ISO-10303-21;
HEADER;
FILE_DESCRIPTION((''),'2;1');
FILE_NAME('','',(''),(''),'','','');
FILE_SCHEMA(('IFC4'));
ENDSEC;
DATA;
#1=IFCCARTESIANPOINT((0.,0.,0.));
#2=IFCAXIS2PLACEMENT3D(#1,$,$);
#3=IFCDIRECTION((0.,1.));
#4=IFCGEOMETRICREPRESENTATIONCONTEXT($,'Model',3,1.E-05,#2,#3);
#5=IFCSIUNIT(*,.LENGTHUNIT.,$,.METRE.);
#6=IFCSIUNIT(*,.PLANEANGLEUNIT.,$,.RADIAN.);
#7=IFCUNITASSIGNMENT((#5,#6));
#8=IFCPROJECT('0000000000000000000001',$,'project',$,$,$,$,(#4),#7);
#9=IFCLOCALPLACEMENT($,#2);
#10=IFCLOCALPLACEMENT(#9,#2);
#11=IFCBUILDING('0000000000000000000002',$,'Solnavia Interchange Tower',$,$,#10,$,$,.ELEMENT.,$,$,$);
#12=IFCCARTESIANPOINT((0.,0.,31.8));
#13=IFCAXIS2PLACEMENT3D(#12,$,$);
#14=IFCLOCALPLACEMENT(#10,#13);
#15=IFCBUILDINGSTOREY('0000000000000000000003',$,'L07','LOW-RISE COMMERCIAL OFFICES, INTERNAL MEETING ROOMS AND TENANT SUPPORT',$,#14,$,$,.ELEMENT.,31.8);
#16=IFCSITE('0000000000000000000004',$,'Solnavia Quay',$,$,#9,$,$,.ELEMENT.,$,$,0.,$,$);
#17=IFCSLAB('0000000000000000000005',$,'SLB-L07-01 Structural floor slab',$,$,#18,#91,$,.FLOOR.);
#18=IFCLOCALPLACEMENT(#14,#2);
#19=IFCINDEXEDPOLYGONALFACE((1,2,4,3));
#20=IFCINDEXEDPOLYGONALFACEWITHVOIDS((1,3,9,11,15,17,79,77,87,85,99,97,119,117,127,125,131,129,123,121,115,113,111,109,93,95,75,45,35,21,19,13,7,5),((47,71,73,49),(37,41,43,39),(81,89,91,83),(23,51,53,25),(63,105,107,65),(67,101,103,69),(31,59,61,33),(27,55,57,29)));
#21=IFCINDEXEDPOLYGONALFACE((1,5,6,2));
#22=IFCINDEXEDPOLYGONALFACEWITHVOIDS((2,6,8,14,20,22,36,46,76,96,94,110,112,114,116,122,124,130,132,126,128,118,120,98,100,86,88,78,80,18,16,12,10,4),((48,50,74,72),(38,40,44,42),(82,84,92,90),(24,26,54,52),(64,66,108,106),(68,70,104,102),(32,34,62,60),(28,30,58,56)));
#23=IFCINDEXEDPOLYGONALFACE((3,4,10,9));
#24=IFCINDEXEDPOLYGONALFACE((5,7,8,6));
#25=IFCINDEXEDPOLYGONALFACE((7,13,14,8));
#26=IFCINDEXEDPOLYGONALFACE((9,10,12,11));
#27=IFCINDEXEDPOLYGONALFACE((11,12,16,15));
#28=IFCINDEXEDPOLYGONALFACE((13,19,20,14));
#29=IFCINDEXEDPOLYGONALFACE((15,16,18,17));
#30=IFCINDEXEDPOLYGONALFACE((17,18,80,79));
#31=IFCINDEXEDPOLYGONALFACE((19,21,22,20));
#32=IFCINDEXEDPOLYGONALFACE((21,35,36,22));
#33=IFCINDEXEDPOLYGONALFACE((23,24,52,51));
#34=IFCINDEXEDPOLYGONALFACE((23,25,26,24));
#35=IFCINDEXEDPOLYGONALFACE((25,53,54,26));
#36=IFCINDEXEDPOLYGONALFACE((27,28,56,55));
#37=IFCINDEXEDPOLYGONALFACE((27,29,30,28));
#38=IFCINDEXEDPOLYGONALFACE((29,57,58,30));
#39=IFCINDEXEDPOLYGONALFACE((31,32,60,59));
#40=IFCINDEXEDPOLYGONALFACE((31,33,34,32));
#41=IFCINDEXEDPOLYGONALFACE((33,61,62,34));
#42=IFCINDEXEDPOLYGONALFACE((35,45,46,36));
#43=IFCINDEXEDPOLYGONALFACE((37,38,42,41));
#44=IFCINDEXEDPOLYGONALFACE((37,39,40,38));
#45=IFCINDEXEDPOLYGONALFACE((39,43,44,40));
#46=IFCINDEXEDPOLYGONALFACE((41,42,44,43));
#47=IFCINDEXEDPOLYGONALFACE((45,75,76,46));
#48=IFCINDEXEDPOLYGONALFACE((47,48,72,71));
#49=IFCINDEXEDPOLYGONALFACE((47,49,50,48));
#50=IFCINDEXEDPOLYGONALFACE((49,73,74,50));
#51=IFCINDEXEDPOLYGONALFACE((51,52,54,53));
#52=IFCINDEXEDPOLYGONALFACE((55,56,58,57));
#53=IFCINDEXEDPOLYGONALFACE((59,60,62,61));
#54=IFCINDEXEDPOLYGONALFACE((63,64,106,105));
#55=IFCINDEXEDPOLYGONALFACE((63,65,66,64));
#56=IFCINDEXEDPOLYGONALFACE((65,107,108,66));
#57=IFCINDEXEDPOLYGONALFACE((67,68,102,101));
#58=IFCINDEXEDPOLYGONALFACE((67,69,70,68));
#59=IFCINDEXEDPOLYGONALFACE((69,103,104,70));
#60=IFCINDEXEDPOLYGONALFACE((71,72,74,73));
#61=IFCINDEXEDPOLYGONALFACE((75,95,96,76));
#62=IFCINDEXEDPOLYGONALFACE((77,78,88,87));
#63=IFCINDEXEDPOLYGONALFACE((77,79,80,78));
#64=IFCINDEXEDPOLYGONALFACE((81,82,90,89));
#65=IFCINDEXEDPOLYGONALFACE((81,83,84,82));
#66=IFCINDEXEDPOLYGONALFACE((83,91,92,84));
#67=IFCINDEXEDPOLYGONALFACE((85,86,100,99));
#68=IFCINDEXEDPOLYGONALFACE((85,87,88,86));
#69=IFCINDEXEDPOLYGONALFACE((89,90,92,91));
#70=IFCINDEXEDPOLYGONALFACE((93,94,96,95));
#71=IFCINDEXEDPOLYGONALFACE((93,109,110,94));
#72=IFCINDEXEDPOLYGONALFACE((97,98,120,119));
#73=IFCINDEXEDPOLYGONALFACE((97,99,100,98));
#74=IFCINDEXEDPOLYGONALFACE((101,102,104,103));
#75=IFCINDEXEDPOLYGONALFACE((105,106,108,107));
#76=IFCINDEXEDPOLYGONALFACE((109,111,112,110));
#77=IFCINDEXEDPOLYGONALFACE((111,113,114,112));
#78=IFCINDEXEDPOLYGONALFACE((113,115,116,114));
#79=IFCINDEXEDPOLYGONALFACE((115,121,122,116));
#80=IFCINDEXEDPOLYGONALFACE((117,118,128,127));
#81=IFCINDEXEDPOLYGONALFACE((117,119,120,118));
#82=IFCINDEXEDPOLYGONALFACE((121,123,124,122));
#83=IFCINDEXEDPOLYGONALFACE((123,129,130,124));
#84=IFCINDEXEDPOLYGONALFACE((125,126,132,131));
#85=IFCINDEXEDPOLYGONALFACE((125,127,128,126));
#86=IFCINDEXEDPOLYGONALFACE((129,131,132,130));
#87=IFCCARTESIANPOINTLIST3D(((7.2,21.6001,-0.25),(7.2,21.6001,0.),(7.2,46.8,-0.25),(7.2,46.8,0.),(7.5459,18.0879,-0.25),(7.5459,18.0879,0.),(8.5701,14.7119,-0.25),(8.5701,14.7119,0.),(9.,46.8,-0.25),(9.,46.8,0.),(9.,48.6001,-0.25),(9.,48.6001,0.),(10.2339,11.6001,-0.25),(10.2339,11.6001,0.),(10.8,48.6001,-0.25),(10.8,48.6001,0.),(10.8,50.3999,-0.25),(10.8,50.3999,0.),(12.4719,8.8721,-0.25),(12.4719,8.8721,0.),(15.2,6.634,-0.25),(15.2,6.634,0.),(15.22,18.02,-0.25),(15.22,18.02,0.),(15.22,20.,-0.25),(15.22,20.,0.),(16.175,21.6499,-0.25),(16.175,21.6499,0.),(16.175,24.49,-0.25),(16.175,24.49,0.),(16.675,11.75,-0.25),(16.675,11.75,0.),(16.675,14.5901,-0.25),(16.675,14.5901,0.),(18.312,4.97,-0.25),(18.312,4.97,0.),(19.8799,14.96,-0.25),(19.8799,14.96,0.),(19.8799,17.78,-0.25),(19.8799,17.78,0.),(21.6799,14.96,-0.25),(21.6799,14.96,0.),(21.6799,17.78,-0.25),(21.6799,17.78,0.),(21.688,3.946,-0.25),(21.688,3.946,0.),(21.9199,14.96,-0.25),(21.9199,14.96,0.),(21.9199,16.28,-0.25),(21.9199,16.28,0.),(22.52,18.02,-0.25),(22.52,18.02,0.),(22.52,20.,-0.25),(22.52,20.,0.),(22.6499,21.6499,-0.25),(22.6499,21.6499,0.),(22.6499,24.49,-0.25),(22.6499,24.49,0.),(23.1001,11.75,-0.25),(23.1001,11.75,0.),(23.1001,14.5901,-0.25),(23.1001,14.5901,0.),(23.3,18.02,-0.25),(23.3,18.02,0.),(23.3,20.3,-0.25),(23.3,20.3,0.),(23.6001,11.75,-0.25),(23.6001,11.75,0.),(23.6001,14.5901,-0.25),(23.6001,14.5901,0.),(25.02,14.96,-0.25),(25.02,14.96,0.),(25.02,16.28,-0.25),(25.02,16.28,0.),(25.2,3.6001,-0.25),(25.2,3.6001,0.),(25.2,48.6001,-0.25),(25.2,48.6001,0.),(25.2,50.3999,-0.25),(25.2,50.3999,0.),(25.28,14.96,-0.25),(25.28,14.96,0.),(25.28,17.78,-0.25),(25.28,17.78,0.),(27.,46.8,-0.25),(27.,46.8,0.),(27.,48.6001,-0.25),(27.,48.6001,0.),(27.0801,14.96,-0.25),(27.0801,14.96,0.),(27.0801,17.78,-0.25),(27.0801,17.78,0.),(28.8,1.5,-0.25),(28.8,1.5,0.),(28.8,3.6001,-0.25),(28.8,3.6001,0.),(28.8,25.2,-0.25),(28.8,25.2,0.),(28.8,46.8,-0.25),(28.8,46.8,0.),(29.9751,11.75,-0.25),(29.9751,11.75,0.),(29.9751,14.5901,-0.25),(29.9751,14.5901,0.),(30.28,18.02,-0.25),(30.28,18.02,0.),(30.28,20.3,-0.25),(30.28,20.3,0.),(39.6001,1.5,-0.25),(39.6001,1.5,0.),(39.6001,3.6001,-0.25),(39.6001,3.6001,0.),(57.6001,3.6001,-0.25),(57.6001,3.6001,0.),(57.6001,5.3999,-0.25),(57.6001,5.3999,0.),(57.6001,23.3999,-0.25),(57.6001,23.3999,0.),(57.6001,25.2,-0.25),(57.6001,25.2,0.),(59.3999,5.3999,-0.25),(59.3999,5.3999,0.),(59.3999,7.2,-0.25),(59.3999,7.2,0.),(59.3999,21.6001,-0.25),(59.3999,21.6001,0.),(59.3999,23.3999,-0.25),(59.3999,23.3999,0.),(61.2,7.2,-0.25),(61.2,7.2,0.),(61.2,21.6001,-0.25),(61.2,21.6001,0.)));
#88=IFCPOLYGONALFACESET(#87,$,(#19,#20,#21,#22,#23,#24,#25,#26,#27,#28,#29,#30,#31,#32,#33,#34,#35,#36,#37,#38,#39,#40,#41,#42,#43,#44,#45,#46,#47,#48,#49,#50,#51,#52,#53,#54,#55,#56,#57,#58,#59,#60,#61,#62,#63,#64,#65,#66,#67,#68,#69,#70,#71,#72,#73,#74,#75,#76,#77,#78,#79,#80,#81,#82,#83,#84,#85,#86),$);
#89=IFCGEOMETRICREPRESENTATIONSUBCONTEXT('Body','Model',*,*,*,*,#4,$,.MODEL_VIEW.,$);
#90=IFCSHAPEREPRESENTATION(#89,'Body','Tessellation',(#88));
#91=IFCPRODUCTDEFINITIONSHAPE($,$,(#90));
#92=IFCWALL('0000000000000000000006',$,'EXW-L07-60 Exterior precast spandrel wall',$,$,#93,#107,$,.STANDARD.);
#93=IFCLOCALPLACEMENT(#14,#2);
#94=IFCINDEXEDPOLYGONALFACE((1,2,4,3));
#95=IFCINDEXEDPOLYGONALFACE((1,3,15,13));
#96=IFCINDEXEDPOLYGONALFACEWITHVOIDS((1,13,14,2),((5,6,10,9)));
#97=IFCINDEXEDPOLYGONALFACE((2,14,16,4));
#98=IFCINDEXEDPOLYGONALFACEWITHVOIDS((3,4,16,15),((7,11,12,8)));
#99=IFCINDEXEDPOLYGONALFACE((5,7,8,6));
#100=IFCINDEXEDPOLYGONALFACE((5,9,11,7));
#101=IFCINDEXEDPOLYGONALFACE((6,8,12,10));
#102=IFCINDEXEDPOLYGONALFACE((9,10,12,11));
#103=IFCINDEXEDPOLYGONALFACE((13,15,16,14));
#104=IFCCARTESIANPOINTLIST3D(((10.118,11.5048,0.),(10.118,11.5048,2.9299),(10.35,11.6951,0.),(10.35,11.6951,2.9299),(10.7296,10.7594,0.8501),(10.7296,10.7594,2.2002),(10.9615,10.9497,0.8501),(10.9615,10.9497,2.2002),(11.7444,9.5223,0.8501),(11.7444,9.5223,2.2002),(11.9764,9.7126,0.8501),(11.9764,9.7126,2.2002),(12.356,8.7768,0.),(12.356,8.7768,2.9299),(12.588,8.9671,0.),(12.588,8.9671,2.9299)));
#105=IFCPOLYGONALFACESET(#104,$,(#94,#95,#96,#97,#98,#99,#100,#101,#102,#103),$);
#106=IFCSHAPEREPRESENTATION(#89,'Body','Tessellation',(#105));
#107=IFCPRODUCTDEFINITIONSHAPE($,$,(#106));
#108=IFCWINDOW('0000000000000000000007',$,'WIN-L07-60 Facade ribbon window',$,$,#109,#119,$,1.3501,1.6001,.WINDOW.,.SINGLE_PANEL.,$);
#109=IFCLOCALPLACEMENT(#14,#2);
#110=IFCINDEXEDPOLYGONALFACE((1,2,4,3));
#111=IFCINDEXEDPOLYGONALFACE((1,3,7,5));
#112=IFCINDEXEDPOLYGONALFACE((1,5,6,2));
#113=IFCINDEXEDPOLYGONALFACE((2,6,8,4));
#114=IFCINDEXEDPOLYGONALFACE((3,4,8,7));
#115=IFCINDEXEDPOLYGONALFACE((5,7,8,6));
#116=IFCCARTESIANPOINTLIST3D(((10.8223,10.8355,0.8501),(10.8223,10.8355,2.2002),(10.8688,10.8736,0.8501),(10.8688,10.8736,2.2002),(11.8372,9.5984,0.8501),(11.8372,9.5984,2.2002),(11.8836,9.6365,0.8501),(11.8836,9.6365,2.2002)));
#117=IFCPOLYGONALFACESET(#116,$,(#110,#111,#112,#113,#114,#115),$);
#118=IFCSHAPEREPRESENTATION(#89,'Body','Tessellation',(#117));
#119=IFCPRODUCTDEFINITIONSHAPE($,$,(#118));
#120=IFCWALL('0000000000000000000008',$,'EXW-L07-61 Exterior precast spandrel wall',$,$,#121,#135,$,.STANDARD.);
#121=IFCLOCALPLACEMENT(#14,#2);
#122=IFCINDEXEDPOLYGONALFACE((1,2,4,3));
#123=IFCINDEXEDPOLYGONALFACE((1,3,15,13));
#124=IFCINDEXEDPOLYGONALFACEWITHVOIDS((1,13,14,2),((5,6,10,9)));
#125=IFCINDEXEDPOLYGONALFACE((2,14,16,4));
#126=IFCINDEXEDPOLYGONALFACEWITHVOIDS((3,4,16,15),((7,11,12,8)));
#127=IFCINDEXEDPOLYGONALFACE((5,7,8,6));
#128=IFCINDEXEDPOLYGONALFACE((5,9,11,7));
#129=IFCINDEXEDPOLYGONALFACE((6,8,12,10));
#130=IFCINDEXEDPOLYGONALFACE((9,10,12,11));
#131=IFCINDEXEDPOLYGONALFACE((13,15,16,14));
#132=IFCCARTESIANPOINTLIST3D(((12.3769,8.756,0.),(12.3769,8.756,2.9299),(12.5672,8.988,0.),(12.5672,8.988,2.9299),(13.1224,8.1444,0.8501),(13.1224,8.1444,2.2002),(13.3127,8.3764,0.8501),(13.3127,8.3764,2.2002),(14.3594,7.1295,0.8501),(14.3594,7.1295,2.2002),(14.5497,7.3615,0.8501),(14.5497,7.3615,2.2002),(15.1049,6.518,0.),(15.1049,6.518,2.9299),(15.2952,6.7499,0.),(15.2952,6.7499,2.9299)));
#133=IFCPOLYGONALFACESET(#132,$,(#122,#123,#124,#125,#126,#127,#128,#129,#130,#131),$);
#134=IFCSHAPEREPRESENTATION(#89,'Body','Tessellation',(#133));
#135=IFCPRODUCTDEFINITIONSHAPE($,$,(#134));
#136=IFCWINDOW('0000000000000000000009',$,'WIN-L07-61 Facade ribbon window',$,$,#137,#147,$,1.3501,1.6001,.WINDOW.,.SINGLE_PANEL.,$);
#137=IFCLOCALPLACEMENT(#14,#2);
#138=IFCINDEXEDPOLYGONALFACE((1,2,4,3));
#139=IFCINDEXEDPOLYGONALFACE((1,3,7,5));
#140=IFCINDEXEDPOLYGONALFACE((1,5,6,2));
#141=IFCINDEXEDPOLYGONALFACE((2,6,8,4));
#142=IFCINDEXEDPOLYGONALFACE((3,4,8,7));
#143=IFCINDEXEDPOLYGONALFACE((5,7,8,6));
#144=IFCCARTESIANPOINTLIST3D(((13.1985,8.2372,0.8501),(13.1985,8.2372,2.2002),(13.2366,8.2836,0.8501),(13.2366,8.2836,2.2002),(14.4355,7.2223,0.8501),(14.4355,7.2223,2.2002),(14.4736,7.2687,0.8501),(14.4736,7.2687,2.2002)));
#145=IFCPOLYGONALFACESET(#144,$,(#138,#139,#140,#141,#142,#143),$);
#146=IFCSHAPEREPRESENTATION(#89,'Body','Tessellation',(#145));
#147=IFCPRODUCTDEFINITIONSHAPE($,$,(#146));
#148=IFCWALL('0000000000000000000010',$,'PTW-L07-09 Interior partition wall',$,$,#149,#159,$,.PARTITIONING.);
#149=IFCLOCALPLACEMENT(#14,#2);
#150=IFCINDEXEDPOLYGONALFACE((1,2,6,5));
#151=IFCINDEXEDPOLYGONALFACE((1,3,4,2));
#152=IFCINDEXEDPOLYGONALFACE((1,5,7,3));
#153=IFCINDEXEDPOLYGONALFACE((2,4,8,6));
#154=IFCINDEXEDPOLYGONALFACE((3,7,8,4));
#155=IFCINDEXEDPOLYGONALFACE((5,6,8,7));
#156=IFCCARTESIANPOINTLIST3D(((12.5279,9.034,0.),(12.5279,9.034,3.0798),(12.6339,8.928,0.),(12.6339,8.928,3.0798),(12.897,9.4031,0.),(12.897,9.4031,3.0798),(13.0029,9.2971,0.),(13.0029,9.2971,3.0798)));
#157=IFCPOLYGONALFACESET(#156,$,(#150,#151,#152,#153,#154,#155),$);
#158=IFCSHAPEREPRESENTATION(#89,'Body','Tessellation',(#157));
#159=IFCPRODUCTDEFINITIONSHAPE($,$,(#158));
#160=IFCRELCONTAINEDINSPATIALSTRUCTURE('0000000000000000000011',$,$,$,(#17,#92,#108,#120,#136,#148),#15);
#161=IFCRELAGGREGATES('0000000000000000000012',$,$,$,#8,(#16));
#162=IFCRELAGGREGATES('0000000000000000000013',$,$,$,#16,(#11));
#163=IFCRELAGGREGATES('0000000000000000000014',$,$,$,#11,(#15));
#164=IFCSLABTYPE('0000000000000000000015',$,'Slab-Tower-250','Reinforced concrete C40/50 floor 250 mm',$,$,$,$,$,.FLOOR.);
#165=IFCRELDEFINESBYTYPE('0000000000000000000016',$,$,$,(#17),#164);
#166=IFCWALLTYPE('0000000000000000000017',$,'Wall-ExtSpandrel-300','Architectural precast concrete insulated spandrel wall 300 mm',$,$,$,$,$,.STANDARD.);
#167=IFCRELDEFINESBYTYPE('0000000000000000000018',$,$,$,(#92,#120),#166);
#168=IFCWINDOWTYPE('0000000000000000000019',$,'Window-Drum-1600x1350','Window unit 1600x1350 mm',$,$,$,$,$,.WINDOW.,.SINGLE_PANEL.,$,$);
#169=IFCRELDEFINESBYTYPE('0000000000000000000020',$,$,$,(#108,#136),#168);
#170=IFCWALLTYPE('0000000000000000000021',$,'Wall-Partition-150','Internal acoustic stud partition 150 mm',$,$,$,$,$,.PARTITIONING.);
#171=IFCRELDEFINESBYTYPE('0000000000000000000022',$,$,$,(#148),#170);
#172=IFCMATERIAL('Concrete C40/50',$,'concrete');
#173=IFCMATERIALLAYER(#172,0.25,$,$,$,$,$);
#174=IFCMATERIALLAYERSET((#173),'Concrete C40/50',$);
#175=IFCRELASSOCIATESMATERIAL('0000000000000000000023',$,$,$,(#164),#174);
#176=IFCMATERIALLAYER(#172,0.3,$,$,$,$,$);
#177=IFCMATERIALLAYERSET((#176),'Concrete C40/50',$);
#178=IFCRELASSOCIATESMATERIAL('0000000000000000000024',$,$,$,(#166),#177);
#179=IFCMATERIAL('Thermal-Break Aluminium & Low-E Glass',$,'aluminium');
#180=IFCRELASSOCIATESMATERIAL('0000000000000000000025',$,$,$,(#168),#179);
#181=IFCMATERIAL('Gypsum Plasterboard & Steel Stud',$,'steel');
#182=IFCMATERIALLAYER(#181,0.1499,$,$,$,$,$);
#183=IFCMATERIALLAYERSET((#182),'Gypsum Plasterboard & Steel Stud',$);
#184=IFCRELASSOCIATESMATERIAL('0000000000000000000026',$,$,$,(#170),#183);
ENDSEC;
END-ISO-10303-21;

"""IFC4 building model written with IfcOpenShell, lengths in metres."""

from ifc_helpers import new_model, si_unit, direction, frame, frame_2d, origin, place, context, subcontext, project, spatial, polyline, rectangle, outline, extrude, material, layer, layer_set, type_object, element, fill, save


model = new_model("IFC4")

# Units and contexts
model_context = context("Model", 3, precision=1e-05, world=origin(), true_north=direction((0.0, 1.0)))
body_context = subcontext(model_context, "Body", "Model", "MODEL_VIEW")
ifc_project = project(units=[si_unit("LENGTHUNIT", "METRE"), si_unit("PLANEANGLEUNIT", "RADIAN")], contexts=[model_context])

# Site, building, storey
site_placement = place(None, origin())
site = spatial("IfcSite", under=ifc_project, at=site_placement, Name="Solnavia Quay", CompositionType="ELEMENT", RefElevation=0.0)
building_placement = place(site_placement, origin())
building = spatial("IfcBuilding", under=site, at=building_placement, Name="Solnavia Interchange Tower", CompositionType="ELEMENT")
storey_placement = place(building_placement, frame((0.0, 0.0, 31.8)))
storey = spatial("IfcBuildingStorey", under=building, at=storey_placement, Name="L07", Description="LOW-RISE COMMERCIAL OFFICES, INTERNAL MEETING ROOMS AND TENANT SUPPORT", CompositionType="ELEMENT", Elevation=31.8)

# Shared definitions
ifc_material_1 = material(Name="Concrete C40/50", Category="concrete")

# Slab
ifc_layer_1 = layer(ifc_material_1, 0.25)
ifc_layer_set_1 = layer_set([ifc_layer_1], Name="Concrete C40/50")
slab_type_1 = type_object("IfcSlabType", Name="Slab-Tower-250", Description="Reinforced concrete C40/50 floor 250 mm", PredefinedType="FLOOR", material=ifc_layer_set_1)
slab_1_placement = place(storey_placement, frame((0.0, 0.0, -0.25)))
element("IfcSlab", 1, at=slab_1_placement, inside=storey, type_object=slab_type_1, Name="SLB-L07-01 Structural floor slab", PredefinedType="FLOOR", context=body_context, shape_type="SweptSolid", body=[
    extrude(outline(polyline([(25.2, 3.6001), (28.8, 3.6001), (28.8, 1.5), (39.6001, 1.5), (39.6001, 3.6001), (57.6001, 3.6001), (57.6001, 5.3999), (59.3999, 5.3999), (59.3999, 7.2), (61.2, 7.2), (61.2, 21.6001), (59.3999, 21.6001), (59.3999, 23.3999), (57.6001, 23.3999), (57.6001, 25.2), (28.8, 25.2), (28.8, 46.8), (27.0, 46.8), (27.0, 48.6001), (25.2, 48.6001), (25.2, 50.3999), (10.8, 50.3999), (10.8, 48.6001), (9.0, 48.6001), (9.0, 46.8), (7.2, 46.8), (7.2, 21.6001), (7.5459, 18.0879), (8.5701, 14.7119), (10.2339, 11.6001), (12.4719, 8.8721), (15.2, 6.634), (18.312, 4.97), (21.688, 3.946), (25.2, 3.6001)]), holes=[polyline([(16.675, 11.75), (23.1001, 11.75), (23.1001, 14.5901), (16.675, 14.5901), (16.675, 11.75)]), polyline([(23.6001, 11.75), (29.9751, 11.75), (29.9751, 14.5901), (23.6001, 14.5901), (23.6001, 11.75)]), polyline([(16.175, 21.6499), (22.6499, 21.6499), (22.6499, 24.49), (16.175, 24.49), (16.175, 21.6499)]), polyline([(19.8799, 14.96), (21.6799, 14.96), (21.6799, 17.78), (19.8799, 17.78), (19.8799, 14.96)]), polyline([(25.28, 14.96), (27.0801, 14.96), (27.0801, 17.78), (25.28, 17.78), (25.28, 14.96)]), polyline([(21.9199, 14.96), (25.02, 14.96), (25.02, 16.28), (21.9199, 16.28), (21.9199, 14.96)]), polyline([(15.22, 18.02), (22.52, 18.02), (22.52, 20.0), (15.22, 20.0), (15.22, 18.02)]), polyline([(23.3, 18.02), (30.28, 18.02), (30.28, 20.3), (23.3, 20.3), (23.3, 18.02)])]), origin(), (0.0, 0.0, 1.0), 0.25),
])

# Walls, openings, windows
ifc_layer_2 = layer(ifc_material_1, 0.3)
ifc_layer_set_2 = layer_set([ifc_layer_2], Name="Concrete C40/50")
wall_type_1 = type_object("IfcWallType", Name="Wall-ExtSpandrel-300", Description="Architectural precast concrete insulated spandrel wall 300 mm", PredefinedType="STANDARD", material=ifc_layer_set_2)
wall_1_placement = place(storey_placement, frame((12.4719, 8.8721, 0.0), z_axis=(0.0, 0.0, 1.0), x_axis=(-0.634258, 0.773121, 0.0)))
wall_1 = element("IfcWall", 2, at=wall_1_placement, inside=storey, type_object=wall_type_1, Name="EXW-L07-60 Exterior precast spandrel wall", PredefinedType="STANDARD", context=body_context, shape_type="SweptSolid", body=[
    extrude(rectangle(XDim=3.5286, YDim=0.3, at=frame_2d((1.7642, 0.0))), origin(), (0.0, 0.0, 1.0), 2.9299),
])
opening_1_placement = place(wall_1_placement, frame((0.9641, 0.0, 0.8501)))
opening_1 = element("IfcOpeningElement", 3, at=opening_1_placement, cuts=wall_1, PredefinedType="OPENING", context=body_context, shape_type="SweptSolid", body=[
    extrude(rectangle(XDim=1.6001, YDim=1.3501, at=frame_2d((0.8, 0.675))), frame((0.0, 0.1602, 0.0), z_axis=(0.0, -1.0, 0.0), x_axis=(1.0, 0.0, 0.0)), (0.0, 0.0, 1.0), 0.3201),
])
ifc_material_2 = material(Name="Thermal-Break Aluminium & Low-E Glass", Category="aluminium")
window_type = type_object("IfcWindowType", Name="Window-Drum-1600x1350", Description="Window unit 1600x1350 mm", PartitioningType="SINGLE_PANEL", PredefinedType="WINDOW", material=ifc_material_2)
window_1_placement = place(opening_1_placement, origin())
window_1 = element("IfcWindow", 4, at=window_1_placement, inside=storey, type_object=window_type, Name="WIN-L07-60 Facade ribbon window", OverallHeight=1.3501, OverallWidth=1.6001, PartitioningType="SINGLE_PANEL", PredefinedType="WINDOW", context=body_context, shape_type="SweptSolid", body=[
    extrude(rectangle(XDim=1.6001, YDim=1.3501, at=frame_2d((0.8, 0.675))), frame((0.0, 0.03, 0.0), z_axis=(0.0, -1.0, 0.0), x_axis=(1.0, 0.0, 0.0)), (0.0, 0.0, 1.0), 0.0601),
])
fill(opening_1, window_1)
wall_2_placement = place(storey_placement, frame((15.2, 6.634, 0.0), z_axis=(0.0, 0.0, 1.0), x_axis=(-0.773121, 0.634258, 0.0)))
wall_2 = element("IfcWall", 5, at=wall_2_placement, inside=storey, type_object=wall_type_1, Name="EXW-L07-61 Exterior precast spandrel wall", PredefinedType="STANDARD", context=body_context, shape_type="SweptSolid", body=[
    extrude(rectangle(XDim=3.5286, YDim=0.3, at=frame_2d((1.7642, 0.0))), origin(), (0.0, 0.0, 1.0), 2.9299),
])
opening_2_placement = place(wall_2_placement, frame((0.9641, 0.0, 0.8501)))
opening_2 = element("IfcOpeningElement", 6, at=opening_2_placement, cuts=wall_2, PredefinedType="OPENING", context=body_context, shape_type="SweptSolid", body=[
    extrude(rectangle(XDim=1.6001, YDim=1.3501, at=frame_2d((0.8, 0.675))), frame((0.0, 0.1602, 0.0), z_axis=(0.0, -1.0, 0.0), x_axis=(1.0, 0.0, 0.0)), (0.0, 0.0, 1.0), 0.3201),
])
window_2_placement = place(opening_2_placement, origin())
window_2 = element("IfcWindow", 7, at=window_2_placement, inside=storey, type_object=window_type, Name="WIN-L07-61 Facade ribbon window", OverallHeight=1.3501, OverallWidth=1.6001, PartitioningType="SINGLE_PANEL", PredefinedType="WINDOW", context=body_context, shape_type="SweptSolid", body=[
    extrude(rectangle(XDim=1.6001, YDim=1.3501, at=frame_2d((0.8, 0.675))), frame((0.0, 0.03, 0.0), z_axis=(0.0, -1.0, 0.0), x_axis=(1.0, 0.0, 0.0)), (0.0, 0.0, 1.0), 0.0601),
])
fill(opening_2, window_2)

# Wall
ifc_material_3 = material(Name="Gypsum Plasterboard & Steel Stud", Category="steel")
ifc_layer_3 = layer(ifc_material_3, 0.1499)
ifc_layer_set_3 = layer_set([ifc_layer_3], Name="Gypsum Plasterboard & Steel Stud")
wall_type_2 = type_object("IfcWallType", Name="Wall-Partition-150", Description="Internal acoustic stud partition 150 mm", PredefinedType="PARTITIONING", material=ifc_layer_set_3)
wall_3_placement = place(storey_placement, frame((12.95, 9.3501, 0.0), z_axis=(0.0, 0.0, 1.0), x_axis=(-0.707107, -0.707107, 0.0)))
element("IfcWall", 8, at=wall_3_placement, inside=storey, type_object=wall_type_2, Name="PTW-L07-09 Interior partition wall", PredefinedType="PARTITIONING", context=body_context, shape_type="SweptSolid", body=[
    extrude(rectangle(XDim=0.522, YDim=0.1499, at=frame_2d((0.261, 0.0))), origin(), (0.0, 0.0, 1.0), 3.0798),
])

save(model, "model.ifc")
